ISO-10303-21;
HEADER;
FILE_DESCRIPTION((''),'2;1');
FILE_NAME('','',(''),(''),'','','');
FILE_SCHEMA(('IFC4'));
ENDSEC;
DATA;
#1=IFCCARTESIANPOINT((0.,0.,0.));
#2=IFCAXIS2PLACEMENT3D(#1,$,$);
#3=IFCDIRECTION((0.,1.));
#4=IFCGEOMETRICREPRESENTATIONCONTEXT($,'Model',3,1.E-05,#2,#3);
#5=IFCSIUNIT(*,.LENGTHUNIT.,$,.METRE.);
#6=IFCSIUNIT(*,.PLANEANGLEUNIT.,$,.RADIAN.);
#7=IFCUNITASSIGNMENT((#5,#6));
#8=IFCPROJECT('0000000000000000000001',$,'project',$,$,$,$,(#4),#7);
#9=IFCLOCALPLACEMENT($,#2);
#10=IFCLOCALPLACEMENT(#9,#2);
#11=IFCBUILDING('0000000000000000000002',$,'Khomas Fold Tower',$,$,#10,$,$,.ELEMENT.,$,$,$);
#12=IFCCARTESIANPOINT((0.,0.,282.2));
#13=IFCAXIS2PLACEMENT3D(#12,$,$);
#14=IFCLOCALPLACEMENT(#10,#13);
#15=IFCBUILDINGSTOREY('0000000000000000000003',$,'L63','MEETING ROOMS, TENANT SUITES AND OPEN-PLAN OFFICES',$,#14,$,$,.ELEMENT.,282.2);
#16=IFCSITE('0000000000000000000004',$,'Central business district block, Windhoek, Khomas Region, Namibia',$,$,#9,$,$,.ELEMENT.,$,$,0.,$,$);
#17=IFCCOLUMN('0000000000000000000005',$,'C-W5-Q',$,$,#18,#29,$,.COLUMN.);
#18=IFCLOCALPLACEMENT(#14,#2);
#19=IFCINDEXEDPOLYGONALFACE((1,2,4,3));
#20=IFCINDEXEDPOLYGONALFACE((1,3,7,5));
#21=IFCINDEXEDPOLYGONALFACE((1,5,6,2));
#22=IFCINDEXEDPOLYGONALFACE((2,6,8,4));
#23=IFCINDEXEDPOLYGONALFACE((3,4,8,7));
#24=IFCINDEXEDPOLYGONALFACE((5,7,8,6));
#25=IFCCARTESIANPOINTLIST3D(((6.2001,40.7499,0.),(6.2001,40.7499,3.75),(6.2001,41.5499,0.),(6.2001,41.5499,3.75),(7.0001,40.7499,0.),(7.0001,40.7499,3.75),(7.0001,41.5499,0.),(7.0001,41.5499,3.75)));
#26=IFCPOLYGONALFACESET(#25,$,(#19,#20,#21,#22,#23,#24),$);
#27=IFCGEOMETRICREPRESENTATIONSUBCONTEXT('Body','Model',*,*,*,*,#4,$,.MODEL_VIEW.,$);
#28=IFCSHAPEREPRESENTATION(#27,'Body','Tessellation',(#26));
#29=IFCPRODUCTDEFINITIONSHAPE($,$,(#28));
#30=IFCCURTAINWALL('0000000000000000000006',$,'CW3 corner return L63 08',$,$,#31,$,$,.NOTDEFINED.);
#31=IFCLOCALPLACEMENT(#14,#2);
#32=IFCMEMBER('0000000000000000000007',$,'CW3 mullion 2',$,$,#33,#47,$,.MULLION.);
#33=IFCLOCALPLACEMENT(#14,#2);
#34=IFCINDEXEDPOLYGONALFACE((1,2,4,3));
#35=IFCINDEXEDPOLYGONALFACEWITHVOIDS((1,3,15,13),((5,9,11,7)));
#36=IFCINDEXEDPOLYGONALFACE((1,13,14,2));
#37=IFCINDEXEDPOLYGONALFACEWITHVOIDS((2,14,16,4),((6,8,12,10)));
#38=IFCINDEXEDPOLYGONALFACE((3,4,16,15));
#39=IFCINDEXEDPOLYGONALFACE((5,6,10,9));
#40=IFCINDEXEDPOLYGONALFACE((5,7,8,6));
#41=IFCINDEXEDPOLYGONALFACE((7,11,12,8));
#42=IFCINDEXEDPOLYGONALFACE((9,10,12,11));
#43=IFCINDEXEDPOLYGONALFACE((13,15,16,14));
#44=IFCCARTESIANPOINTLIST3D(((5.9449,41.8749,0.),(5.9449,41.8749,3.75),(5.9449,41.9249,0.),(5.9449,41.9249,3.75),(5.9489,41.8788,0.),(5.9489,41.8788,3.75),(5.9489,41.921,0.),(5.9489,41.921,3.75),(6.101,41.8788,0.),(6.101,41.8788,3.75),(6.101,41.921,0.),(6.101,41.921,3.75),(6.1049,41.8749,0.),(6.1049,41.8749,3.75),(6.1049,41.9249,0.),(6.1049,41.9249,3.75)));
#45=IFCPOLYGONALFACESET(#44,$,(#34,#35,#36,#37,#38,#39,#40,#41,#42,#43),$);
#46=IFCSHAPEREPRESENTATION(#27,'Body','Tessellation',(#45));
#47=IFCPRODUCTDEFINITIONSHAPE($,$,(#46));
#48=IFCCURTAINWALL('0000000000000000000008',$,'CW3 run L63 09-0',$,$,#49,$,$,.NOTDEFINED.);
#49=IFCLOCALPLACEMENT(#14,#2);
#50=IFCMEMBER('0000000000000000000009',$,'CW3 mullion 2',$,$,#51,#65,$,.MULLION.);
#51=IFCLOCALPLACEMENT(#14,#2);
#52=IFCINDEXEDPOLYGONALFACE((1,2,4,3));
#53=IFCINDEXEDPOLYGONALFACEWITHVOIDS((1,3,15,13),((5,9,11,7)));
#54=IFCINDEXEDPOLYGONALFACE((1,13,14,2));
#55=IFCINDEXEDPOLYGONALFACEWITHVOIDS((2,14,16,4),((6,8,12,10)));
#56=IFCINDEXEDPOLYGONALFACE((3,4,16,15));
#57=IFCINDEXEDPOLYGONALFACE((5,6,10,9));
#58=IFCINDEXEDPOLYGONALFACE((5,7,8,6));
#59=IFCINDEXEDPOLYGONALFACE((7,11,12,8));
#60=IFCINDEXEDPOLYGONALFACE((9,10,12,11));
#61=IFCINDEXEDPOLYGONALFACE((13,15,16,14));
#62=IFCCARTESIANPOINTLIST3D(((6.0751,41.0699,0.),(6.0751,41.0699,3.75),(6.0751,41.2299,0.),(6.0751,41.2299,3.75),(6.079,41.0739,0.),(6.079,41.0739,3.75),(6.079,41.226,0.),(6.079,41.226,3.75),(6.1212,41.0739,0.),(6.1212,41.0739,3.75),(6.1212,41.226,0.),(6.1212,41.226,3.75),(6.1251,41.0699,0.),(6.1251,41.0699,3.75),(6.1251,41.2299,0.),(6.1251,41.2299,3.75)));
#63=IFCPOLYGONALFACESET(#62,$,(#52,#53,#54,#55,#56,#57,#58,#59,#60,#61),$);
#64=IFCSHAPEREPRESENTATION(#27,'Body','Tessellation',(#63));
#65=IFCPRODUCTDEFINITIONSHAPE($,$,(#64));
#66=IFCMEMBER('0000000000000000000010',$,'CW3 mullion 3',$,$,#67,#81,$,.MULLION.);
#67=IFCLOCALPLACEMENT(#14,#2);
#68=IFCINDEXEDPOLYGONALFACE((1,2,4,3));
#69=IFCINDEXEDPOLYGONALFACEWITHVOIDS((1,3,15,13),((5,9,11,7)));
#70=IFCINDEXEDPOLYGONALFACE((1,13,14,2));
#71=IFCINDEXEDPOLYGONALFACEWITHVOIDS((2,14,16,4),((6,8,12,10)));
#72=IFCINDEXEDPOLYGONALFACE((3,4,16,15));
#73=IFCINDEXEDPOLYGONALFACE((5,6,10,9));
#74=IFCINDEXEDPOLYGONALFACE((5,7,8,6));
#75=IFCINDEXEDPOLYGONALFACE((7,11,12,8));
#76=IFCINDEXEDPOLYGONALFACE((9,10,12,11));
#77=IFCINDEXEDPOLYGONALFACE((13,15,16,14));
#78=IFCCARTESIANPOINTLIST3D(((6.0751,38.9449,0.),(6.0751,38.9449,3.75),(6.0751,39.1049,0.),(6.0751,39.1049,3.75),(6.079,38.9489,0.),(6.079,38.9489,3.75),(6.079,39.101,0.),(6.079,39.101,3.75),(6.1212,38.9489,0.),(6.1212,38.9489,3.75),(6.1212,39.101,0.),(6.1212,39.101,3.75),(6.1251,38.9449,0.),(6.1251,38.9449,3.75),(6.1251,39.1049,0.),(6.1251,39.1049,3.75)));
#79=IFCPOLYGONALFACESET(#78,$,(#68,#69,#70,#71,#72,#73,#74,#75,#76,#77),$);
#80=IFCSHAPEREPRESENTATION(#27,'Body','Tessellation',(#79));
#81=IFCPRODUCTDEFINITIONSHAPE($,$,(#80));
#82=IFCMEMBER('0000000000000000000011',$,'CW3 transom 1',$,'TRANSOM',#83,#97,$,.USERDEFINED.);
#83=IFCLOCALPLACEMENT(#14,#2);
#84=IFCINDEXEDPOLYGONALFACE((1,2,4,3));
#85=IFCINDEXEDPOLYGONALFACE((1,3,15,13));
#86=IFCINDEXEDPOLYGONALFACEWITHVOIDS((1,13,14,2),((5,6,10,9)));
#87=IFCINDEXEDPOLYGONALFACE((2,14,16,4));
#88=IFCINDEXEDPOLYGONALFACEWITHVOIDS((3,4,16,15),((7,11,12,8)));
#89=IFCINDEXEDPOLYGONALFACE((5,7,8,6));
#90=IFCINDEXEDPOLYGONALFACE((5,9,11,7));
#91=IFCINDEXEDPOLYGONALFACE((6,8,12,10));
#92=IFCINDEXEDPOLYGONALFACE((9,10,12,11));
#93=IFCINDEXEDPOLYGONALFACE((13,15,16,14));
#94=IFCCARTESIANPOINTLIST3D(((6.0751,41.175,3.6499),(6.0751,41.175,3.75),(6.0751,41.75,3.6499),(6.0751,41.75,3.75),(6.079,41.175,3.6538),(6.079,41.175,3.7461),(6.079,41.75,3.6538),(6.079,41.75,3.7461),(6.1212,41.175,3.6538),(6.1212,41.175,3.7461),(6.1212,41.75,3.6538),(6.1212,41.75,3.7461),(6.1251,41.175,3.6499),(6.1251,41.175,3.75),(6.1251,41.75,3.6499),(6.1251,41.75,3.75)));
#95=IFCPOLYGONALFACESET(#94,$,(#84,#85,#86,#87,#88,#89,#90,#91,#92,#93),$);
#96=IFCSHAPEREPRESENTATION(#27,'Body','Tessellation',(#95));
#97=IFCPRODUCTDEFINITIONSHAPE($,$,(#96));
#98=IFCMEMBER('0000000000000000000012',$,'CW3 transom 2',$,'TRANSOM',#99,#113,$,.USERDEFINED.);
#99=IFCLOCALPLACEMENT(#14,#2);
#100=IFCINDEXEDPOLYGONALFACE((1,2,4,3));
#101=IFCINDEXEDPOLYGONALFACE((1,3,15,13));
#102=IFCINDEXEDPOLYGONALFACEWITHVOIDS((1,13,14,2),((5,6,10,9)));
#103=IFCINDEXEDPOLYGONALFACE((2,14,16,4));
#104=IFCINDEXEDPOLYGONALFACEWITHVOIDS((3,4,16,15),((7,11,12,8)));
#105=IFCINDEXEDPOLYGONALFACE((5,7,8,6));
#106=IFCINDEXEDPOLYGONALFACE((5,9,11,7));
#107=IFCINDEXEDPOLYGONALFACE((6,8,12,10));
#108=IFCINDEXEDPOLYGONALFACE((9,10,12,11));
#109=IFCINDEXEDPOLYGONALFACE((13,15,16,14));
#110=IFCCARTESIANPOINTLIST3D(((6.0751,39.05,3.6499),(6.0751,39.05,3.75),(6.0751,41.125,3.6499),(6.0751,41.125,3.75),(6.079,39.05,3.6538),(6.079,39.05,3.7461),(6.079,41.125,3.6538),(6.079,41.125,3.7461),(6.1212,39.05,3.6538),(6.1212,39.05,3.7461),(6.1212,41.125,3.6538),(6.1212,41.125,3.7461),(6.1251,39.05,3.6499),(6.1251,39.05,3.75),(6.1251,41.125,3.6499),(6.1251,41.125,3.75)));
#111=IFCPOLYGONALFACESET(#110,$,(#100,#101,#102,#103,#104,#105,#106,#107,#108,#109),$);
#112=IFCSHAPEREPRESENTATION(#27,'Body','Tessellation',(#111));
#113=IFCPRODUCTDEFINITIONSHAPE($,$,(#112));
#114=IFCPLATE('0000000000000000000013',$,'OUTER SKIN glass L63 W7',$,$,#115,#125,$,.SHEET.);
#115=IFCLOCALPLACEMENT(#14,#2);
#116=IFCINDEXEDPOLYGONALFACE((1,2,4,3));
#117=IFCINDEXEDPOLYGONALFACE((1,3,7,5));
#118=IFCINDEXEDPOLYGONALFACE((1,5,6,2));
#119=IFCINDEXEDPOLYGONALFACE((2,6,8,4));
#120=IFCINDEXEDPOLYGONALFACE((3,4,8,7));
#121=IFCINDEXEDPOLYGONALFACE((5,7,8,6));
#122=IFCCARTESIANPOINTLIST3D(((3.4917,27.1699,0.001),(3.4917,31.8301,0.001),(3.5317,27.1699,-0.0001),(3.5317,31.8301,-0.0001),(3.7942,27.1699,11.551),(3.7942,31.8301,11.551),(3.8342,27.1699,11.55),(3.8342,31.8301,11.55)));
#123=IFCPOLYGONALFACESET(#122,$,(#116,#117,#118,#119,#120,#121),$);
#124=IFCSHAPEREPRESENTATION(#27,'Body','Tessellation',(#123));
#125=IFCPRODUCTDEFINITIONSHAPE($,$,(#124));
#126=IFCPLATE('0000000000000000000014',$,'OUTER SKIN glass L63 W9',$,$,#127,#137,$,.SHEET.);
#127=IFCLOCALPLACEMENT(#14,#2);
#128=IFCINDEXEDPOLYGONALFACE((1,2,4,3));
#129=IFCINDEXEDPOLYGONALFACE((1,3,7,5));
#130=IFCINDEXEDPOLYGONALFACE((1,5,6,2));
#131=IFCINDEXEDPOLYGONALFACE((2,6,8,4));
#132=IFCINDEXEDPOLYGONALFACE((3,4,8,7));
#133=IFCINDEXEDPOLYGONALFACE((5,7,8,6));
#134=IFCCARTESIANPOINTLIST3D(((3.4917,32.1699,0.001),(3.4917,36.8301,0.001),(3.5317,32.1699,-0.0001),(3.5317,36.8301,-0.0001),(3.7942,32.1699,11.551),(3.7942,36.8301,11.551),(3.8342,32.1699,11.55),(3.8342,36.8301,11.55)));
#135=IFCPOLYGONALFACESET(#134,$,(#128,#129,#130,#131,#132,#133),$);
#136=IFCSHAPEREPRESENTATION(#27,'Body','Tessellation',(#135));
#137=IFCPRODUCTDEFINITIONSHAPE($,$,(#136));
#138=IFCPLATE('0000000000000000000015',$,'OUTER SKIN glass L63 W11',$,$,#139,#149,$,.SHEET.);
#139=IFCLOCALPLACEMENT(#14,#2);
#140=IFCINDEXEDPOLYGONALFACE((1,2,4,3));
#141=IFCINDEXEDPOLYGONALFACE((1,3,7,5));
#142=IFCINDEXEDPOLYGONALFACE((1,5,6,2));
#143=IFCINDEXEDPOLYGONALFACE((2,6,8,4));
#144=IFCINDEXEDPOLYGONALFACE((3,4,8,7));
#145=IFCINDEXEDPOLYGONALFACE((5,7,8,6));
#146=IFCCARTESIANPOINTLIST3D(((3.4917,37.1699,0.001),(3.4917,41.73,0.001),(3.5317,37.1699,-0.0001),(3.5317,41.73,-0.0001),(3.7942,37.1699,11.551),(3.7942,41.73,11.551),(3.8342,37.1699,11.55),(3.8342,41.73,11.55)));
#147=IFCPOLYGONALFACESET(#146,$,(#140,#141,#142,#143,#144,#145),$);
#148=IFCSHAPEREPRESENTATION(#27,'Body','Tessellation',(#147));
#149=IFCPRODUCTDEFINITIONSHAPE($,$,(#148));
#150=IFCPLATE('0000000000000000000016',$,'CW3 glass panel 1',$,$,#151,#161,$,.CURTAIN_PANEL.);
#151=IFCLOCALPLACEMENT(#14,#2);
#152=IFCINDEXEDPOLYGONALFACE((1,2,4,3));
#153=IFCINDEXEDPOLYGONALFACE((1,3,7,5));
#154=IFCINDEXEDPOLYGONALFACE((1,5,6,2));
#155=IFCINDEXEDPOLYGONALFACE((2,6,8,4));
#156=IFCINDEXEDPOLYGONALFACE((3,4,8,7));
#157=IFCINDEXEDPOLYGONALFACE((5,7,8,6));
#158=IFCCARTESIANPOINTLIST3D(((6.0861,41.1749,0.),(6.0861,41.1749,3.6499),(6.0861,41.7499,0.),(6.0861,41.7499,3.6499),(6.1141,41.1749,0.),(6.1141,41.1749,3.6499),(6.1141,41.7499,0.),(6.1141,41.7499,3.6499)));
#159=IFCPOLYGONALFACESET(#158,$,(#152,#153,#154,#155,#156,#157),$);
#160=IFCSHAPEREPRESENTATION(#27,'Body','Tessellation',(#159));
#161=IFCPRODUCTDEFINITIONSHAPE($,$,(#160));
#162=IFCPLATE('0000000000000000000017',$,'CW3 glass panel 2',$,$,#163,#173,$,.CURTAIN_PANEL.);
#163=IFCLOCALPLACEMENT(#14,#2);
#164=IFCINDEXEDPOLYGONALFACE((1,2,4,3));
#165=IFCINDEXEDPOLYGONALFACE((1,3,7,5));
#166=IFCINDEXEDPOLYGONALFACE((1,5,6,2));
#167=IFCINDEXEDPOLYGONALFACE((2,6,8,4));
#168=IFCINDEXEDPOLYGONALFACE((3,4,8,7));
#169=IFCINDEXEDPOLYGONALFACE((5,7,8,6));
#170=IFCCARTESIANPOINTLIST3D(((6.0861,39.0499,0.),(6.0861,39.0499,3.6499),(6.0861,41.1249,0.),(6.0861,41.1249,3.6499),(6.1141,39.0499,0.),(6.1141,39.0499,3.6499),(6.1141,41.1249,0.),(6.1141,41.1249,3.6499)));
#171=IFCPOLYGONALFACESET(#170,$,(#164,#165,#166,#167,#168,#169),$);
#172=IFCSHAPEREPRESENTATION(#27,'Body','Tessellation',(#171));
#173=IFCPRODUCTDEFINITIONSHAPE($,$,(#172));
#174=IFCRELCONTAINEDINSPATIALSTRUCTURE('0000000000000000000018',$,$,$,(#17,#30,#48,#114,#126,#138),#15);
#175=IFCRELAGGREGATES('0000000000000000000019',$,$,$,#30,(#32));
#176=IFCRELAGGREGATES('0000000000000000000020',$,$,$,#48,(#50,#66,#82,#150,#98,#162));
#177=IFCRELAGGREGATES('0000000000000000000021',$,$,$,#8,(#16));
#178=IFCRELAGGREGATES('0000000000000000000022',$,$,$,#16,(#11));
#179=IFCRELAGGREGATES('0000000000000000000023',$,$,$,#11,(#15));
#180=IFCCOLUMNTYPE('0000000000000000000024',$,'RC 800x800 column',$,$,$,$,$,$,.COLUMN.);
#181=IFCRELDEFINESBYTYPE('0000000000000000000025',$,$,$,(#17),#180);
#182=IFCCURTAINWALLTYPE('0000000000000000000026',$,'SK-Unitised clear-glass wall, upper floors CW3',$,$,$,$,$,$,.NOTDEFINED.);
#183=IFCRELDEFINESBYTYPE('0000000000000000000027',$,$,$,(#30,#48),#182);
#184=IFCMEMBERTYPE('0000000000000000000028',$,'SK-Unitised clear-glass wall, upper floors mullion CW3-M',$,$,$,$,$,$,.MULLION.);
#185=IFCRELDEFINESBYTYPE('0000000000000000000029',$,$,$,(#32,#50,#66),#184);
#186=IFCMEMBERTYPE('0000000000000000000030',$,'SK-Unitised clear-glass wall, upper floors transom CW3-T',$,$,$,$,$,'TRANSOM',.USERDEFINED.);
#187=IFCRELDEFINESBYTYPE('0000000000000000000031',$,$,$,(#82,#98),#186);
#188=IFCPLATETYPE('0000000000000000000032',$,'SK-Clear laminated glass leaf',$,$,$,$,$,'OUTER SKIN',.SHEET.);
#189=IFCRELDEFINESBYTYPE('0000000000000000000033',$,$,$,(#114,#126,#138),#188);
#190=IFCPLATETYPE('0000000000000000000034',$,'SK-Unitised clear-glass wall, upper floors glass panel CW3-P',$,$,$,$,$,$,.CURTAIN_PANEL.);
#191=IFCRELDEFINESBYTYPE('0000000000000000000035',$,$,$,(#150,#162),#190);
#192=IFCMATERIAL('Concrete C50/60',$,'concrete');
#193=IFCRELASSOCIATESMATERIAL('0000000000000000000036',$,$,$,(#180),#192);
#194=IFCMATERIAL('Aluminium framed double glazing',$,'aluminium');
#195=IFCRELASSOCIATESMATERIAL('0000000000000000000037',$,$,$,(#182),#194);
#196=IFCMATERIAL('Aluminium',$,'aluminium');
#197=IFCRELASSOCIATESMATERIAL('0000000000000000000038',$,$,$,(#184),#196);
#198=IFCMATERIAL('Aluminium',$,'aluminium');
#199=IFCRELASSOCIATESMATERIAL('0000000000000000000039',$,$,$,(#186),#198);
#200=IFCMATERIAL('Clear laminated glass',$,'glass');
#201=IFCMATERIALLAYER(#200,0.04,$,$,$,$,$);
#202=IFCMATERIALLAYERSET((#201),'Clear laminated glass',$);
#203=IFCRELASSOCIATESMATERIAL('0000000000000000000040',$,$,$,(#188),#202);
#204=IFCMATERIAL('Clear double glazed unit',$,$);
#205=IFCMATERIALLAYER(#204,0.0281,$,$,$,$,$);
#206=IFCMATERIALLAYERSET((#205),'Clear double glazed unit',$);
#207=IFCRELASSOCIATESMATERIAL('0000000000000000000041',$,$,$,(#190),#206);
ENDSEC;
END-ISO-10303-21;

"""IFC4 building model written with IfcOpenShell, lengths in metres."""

from ifc_helpers import new_model, si_unit, direction, frame, origin, origin_2d, place, context, subcontext, project, spatial, polyline, rectangle, hollow_rectangle, outline, extrude, source, transform, mapped, material, layer, layer_set, material_profile, profile_set, type_object, element, aggregate, save


model = new_model("IFC4")

# Units and contexts
model_context = context("Model", 3, precision=1e-05, world=origin(), true_north=direction((0.0, 1.0)))
body_context = subcontext(model_context, "Body", "Model", "MODEL_VIEW")
ifc_project = project(units=[si_unit("LENGTHUNIT", "METRE"), si_unit("PLANEANGLEUNIT", "RADIAN")], contexts=[model_context])

# Site, building, storey
site_placement = place(None, origin())
site = spatial("IfcSite", under=ifc_project, at=site_placement, Name="Central business district block, Windhoek, Khomas Region, Namibia", CompositionType="ELEMENT", RefElevation=0.0)
building_placement = place(site_placement, origin())
building = spatial("IfcBuilding", under=site, at=building_placement, Name="Khomas Fold Tower", CompositionType="ELEMENT")
storey_placement = place(building_placement, frame((0.0, 0.0, 282.2)))
storey = spatial("IfcBuildingStorey", under=building, at=storey_placement, Name="L63", Description="MEETING ROOMS, TENANT SUITES AND OPEN-PLAN OFFICES", CompositionType="ELEMENT", Elevation=282.2)

# Column
ifc_material_1 = material(Name="Concrete C50/60", Category="concrete")
ifc_material_profile_1 = material_profile(ifc_material_1, rectangle(XDim=0.8, YDim=0.8, at=origin_2d()), Name="RC 800x800")
ifc_profile_set_1 = profile_set([ifc_material_profile_1], Name="Concrete C50/60")
column_type = type_object("IfcColumnType", Name="RC 800x800 column", PredefinedType="COLUMN", material=ifc_profile_set_1)
shared_shape_1 = source(origin(), body_context, "Body", "SweptSolid", [
    extrude(rectangle(XDim=0.8, YDim=0.8, at=origin_2d()), origin(), (0.0, 0.0, 1.0), 3.75),
])
column_placement = place(storey_placement, frame((6.6001, 41.1499, 0.0), z_axis=(0.0, 0.0, 1.0), x_axis=(1.0, 0.0, 0.0)))
element("IfcColumn", 1, at=column_placement, inside=storey, type_object=column_type, Name="C-W5-Q", PredefinedType="COLUMN", context=body_context, shape_type="MappedRepresentation", body=[
    mapped(shared_shape_1, transform((0.0, 0.0, 0.0))),
])

# Curtain wall, member
ifc_material_2 = material(Name="Aluminium framed double glazing", Category="aluminium")
curtain_wall_type = type_object("IfcCurtainWallType", Name="SK-Unitised clear-glass wall, upper floors CW3", PredefinedType="NOTDEFINED", material=ifc_material_2)
curtain_wall_1_placement = place(storey_placement, origin())
curtain_wall_1 = element("IfcCurtainWall", 2, at=curtain_wall_1_placement, inside=storey, type_object=curtain_wall_type, Name="CW3 corner return L63 08", PredefinedType="NOTDEFINED")
ifc_material_3 = material(Name="Aluminium", Category="aluminium")
ifc_material_profile_2 = material_profile(ifc_material_3, hollow_rectangle(XDim=0.05, YDim=0.1599, WallThickness=0.0039, at=origin_2d()), Name="SK-Unitised clear-glass wall, upper floors mullion CW3-M")
ifc_profile_set_2 = profile_set([ifc_material_profile_2], Name="Aluminium")
member_type_1 = type_object("IfcMemberType", Name="SK-Unitised clear-glass wall, upper floors mullion CW3-M", PredefinedType="MULLION", material=ifc_profile_set_2)
shared_shape_2 = source(origin(), body_context, "Body", "SweptSolid", [
    extrude(hollow_rectangle(XDim=0.05, YDim=0.1599, WallThickness=0.0039, at=origin_2d()), origin(), (0.0, 0.0, 1.0), 3.75),
])
member_1_placement = place(storey_placement, frame((6.0249, 41.8999, 0.0), z_axis=(0.0, 0.0, 1.0), x_axis=(0.0, -1.0, 0.0)))
member_1 = element("IfcMember", 3, at=member_1_placement, type_object=member_type_1, Name="CW3 mullion 2", PredefinedType="MULLION", context=body_context, shape_type="MappedRepresentation", body=[
    mapped(shared_shape_2, transform((0.0, 0.0, 0.0))),
])
aggregate(curtain_wall_1, [member_1])

# Curtain wall, members
curtain_wall_2_placement = place(storey_placement, origin())
curtain_wall_2 = element("IfcCurtainWall", 4, at=curtain_wall_2_placement, inside=storey, type_object=curtain_wall_type, Name="CW3 run L63 09-0", PredefinedType="NOTDEFINED")
member_2_placement = place(storey_placement, frame((6.1001, 41.1499, 0.0), z_axis=(0.0, 0.0, 1.0), x_axis=(1.0, 0.0, 0.0)))
member_2 = element("IfcMember", 5, at=member_2_placement, type_object=member_type_1, Name="CW3 mullion 2", PredefinedType="MULLION", context=body_context, shape_type="MappedRepresentation", body=[
    mapped(shared_shape_2, transform((0.0, 0.0, 0.0))),
])
member_3_placement = place(storey_placement, frame((6.1001, 39.0249, 0.0), z_axis=(0.0, 0.0, 1.0), x_axis=(1.0, 0.0, 0.0)))
member_3 = element("IfcMember", 6, at=member_3_placement, type_object=member_type_1, Name="CW3 mullion 3", PredefinedType="MULLION", context=body_context, shape_type="MappedRepresentation", body=[
    mapped(shared_shape_2, transform((0.0, 0.0, 0.0))),
])
ifc_material_4 = material(Name="Aluminium", Category="aluminium")
ifc_material_profile_3 = material_profile(ifc_material_4, hollow_rectangle(XDim=0.05, YDim=0.1001, WallThickness=0.0039, at=origin_2d()), Name="SK-Unitised clear-glass wall, upper floors transom CW3-T")
ifc_profile_set_3 = profile_set([ifc_material_profile_3], Name="Aluminium")
member_type_2 = type_object("IfcMemberType", Name="SK-Unitised clear-glass wall, upper floors transom CW3-T", ElementType="TRANSOM", PredefinedType="USERDEFINED", material=ifc_profile_set_3)
shared_shape_3 = source(origin(), body_context, "Body", "SweptSolid", [
    extrude(hollow_rectangle(XDim=0.05, YDim=0.1001, WallThickness=0.0039, at=origin_2d()), origin(), (0.0, 0.0, 1.0), 0.575),
])
member_4_placement = place(storey_placement, frame((6.1001, 41.75, 3.7), z_axis=(0.0, -1.0, 0.0), x_axis=(1.0, 0.0, 0.0)))
member_4 = element("IfcMember", 7, at=member_4_placement, type_object=member_type_2, Name="CW3 transom 1", ObjectType="TRANSOM", PredefinedType="USERDEFINED", context=body_context, shape_type="MappedRepresentation", body=[
    mapped(shared_shape_3, transform((0.0, 0.0, 0.0))),
])
shared_shape_4 = source(origin(), body_context, "Body", "SweptSolid", [
    extrude(hollow_rectangle(XDim=0.05, YDim=0.1001, WallThickness=0.0039, at=origin_2d()), origin(), (0.0, 0.0, 1.0), 2.075),
])
member_5_placement = place(storey_placement, frame((6.1001, 41.125, 3.7), z_axis=(0.0, -1.0, 0.0), x_axis=(1.0, 0.0, 0.0)))
member_5 = element("IfcMember", 8, at=member_5_placement, type_object=member_type_2, Name="CW3 transom 2", ObjectType="TRANSOM", PredefinedType="USERDEFINED", context=body_context, shape_type="MappedRepresentation", body=[
    mapped(shared_shape_4, transform((0.0, 0.0, 0.0))),
])

# Plates
ifc_material_5 = material(Name="Clear laminated glass", Category="glass")
ifc_layer_1 = layer(ifc_material_5, 0.04)
ifc_layer_set_1 = layer_set([ifc_layer_1], Name="Clear laminated glass")
plate_type_1 = type_object("IfcPlateType", Name="SK-Clear laminated glass leaf", ElementType="OUTER SKIN", PredefinedType="SHEET", material=ifc_layer_set_1)
for number, where, z_axis, x_axis, name in (
    (9, (3.4917, 27.1699, 0.001), (-0.999657, 0.0, 0.026181), (0.0, 1.0, 0.0), "OUTER SKIN glass L63 W7"),
    (10, (3.4917, 32.1699, 0.001), (-0.999657, 0.0, 0.026181), (0.0, 1.0, 0.0), "OUTER SKIN glass L63 W9"),
):
    element("IfcPlate", number, at=place(storey_placement, frame(where, z_axis=z_axis, x_axis=x_axis)), inside=storey, type_object=plate_type_1, Name=name, PredefinedType="SHEET", context=body_context, shape_type="SweptSolid", body=[
        extrude(outline(polyline([(0.0, 0.0), (4.6602, 0.0), (4.6602, -11.554), (0.0, -11.554), (0.0, 0.0)])), origin(), (0.0, 0.0, -1.0), 0.04),
    ])
plate_1_placement = place(storey_placement, frame((3.4917, 37.1699, 0.001), z_axis=(-0.999657, 0.0, 0.026181), x_axis=(0.0, 1.0, 0.0)))
element("IfcPlate", 11, at=plate_1_placement, inside=storey, type_object=plate_type_1, Name="OUTER SKIN glass L63 W11", PredefinedType="SHEET", context=body_context, shape_type="SweptSolid", body=[
    extrude(outline(polyline([(0.0, 0.0), (4.5601, 0.0), (4.5601, -11.554), (0.0, -11.554), (0.0, 0.0)])), origin(), (0.0, 0.0, -1.0), 0.04),
])

# Plates
ifc_material_6 = material(Name="Clear double glazed unit")
ifc_layer_2 = layer(ifc_material_6, 0.0281)
ifc_layer_set_2 = layer_set([ifc_layer_2], Name="Clear double glazed unit")
plate_type_2 = type_object("IfcPlateType", Name="SK-Unitised clear-glass wall, upper floors glass panel CW3-P", PredefinedType="CURTAIN_PANEL", material=ifc_layer_set_2)
shared_shape_5 = source(origin(), body_context, "Body", "SweptSolid", [
    extrude(rectangle(XDim=0.575, YDim=0.0281, at=origin_2d()), origin(), (0.0, 0.0, 1.0), 3.6499),
])
plate_2_placement = place(storey_placement, frame((6.1001, 41.4624, 0.0), z_axis=(0.0, 0.0, 1.0), x_axis=(0.0, -1.0, 0.0)))
plate_2 = element("IfcPlate", 12, at=plate_2_placement, type_object=plate_type_2, Name="CW3 glass panel 1", PredefinedType="CURTAIN_PANEL", context=body_context, shape_type="MappedRepresentation", body=[
    mapped(shared_shape_5, transform((0.0, 0.0, 0.0))),
])
shared_shape_6 = source(origin(), body_context, "Body", "SweptSolid", [
    extrude(rectangle(XDim=2.075, YDim=0.0281, at=origin_2d()), origin(), (0.0, 0.0, 1.0), 3.6499),
])
plate_3_placement = place(storey_placement, frame((6.1001, 40.0874, 0.0), z_axis=(0.0, 0.0, 1.0), x_axis=(0.0, -1.0, 0.0)))
plate_3 = element("IfcPlate", 13, at=plate_3_placement, type_object=plate_type_2, Name="CW3 glass panel 2", PredefinedType="CURTAIN_PANEL", context=body_context, shape_type="MappedRepresentation", body=[
    mapped(shared_shape_6, transform((0.0, 0.0, 0.0))),
])
aggregate(curtain_wall_2, [member_2, member_3, member_4, plate_2, member_5, plate_3])

save(model, "model.ifc")
